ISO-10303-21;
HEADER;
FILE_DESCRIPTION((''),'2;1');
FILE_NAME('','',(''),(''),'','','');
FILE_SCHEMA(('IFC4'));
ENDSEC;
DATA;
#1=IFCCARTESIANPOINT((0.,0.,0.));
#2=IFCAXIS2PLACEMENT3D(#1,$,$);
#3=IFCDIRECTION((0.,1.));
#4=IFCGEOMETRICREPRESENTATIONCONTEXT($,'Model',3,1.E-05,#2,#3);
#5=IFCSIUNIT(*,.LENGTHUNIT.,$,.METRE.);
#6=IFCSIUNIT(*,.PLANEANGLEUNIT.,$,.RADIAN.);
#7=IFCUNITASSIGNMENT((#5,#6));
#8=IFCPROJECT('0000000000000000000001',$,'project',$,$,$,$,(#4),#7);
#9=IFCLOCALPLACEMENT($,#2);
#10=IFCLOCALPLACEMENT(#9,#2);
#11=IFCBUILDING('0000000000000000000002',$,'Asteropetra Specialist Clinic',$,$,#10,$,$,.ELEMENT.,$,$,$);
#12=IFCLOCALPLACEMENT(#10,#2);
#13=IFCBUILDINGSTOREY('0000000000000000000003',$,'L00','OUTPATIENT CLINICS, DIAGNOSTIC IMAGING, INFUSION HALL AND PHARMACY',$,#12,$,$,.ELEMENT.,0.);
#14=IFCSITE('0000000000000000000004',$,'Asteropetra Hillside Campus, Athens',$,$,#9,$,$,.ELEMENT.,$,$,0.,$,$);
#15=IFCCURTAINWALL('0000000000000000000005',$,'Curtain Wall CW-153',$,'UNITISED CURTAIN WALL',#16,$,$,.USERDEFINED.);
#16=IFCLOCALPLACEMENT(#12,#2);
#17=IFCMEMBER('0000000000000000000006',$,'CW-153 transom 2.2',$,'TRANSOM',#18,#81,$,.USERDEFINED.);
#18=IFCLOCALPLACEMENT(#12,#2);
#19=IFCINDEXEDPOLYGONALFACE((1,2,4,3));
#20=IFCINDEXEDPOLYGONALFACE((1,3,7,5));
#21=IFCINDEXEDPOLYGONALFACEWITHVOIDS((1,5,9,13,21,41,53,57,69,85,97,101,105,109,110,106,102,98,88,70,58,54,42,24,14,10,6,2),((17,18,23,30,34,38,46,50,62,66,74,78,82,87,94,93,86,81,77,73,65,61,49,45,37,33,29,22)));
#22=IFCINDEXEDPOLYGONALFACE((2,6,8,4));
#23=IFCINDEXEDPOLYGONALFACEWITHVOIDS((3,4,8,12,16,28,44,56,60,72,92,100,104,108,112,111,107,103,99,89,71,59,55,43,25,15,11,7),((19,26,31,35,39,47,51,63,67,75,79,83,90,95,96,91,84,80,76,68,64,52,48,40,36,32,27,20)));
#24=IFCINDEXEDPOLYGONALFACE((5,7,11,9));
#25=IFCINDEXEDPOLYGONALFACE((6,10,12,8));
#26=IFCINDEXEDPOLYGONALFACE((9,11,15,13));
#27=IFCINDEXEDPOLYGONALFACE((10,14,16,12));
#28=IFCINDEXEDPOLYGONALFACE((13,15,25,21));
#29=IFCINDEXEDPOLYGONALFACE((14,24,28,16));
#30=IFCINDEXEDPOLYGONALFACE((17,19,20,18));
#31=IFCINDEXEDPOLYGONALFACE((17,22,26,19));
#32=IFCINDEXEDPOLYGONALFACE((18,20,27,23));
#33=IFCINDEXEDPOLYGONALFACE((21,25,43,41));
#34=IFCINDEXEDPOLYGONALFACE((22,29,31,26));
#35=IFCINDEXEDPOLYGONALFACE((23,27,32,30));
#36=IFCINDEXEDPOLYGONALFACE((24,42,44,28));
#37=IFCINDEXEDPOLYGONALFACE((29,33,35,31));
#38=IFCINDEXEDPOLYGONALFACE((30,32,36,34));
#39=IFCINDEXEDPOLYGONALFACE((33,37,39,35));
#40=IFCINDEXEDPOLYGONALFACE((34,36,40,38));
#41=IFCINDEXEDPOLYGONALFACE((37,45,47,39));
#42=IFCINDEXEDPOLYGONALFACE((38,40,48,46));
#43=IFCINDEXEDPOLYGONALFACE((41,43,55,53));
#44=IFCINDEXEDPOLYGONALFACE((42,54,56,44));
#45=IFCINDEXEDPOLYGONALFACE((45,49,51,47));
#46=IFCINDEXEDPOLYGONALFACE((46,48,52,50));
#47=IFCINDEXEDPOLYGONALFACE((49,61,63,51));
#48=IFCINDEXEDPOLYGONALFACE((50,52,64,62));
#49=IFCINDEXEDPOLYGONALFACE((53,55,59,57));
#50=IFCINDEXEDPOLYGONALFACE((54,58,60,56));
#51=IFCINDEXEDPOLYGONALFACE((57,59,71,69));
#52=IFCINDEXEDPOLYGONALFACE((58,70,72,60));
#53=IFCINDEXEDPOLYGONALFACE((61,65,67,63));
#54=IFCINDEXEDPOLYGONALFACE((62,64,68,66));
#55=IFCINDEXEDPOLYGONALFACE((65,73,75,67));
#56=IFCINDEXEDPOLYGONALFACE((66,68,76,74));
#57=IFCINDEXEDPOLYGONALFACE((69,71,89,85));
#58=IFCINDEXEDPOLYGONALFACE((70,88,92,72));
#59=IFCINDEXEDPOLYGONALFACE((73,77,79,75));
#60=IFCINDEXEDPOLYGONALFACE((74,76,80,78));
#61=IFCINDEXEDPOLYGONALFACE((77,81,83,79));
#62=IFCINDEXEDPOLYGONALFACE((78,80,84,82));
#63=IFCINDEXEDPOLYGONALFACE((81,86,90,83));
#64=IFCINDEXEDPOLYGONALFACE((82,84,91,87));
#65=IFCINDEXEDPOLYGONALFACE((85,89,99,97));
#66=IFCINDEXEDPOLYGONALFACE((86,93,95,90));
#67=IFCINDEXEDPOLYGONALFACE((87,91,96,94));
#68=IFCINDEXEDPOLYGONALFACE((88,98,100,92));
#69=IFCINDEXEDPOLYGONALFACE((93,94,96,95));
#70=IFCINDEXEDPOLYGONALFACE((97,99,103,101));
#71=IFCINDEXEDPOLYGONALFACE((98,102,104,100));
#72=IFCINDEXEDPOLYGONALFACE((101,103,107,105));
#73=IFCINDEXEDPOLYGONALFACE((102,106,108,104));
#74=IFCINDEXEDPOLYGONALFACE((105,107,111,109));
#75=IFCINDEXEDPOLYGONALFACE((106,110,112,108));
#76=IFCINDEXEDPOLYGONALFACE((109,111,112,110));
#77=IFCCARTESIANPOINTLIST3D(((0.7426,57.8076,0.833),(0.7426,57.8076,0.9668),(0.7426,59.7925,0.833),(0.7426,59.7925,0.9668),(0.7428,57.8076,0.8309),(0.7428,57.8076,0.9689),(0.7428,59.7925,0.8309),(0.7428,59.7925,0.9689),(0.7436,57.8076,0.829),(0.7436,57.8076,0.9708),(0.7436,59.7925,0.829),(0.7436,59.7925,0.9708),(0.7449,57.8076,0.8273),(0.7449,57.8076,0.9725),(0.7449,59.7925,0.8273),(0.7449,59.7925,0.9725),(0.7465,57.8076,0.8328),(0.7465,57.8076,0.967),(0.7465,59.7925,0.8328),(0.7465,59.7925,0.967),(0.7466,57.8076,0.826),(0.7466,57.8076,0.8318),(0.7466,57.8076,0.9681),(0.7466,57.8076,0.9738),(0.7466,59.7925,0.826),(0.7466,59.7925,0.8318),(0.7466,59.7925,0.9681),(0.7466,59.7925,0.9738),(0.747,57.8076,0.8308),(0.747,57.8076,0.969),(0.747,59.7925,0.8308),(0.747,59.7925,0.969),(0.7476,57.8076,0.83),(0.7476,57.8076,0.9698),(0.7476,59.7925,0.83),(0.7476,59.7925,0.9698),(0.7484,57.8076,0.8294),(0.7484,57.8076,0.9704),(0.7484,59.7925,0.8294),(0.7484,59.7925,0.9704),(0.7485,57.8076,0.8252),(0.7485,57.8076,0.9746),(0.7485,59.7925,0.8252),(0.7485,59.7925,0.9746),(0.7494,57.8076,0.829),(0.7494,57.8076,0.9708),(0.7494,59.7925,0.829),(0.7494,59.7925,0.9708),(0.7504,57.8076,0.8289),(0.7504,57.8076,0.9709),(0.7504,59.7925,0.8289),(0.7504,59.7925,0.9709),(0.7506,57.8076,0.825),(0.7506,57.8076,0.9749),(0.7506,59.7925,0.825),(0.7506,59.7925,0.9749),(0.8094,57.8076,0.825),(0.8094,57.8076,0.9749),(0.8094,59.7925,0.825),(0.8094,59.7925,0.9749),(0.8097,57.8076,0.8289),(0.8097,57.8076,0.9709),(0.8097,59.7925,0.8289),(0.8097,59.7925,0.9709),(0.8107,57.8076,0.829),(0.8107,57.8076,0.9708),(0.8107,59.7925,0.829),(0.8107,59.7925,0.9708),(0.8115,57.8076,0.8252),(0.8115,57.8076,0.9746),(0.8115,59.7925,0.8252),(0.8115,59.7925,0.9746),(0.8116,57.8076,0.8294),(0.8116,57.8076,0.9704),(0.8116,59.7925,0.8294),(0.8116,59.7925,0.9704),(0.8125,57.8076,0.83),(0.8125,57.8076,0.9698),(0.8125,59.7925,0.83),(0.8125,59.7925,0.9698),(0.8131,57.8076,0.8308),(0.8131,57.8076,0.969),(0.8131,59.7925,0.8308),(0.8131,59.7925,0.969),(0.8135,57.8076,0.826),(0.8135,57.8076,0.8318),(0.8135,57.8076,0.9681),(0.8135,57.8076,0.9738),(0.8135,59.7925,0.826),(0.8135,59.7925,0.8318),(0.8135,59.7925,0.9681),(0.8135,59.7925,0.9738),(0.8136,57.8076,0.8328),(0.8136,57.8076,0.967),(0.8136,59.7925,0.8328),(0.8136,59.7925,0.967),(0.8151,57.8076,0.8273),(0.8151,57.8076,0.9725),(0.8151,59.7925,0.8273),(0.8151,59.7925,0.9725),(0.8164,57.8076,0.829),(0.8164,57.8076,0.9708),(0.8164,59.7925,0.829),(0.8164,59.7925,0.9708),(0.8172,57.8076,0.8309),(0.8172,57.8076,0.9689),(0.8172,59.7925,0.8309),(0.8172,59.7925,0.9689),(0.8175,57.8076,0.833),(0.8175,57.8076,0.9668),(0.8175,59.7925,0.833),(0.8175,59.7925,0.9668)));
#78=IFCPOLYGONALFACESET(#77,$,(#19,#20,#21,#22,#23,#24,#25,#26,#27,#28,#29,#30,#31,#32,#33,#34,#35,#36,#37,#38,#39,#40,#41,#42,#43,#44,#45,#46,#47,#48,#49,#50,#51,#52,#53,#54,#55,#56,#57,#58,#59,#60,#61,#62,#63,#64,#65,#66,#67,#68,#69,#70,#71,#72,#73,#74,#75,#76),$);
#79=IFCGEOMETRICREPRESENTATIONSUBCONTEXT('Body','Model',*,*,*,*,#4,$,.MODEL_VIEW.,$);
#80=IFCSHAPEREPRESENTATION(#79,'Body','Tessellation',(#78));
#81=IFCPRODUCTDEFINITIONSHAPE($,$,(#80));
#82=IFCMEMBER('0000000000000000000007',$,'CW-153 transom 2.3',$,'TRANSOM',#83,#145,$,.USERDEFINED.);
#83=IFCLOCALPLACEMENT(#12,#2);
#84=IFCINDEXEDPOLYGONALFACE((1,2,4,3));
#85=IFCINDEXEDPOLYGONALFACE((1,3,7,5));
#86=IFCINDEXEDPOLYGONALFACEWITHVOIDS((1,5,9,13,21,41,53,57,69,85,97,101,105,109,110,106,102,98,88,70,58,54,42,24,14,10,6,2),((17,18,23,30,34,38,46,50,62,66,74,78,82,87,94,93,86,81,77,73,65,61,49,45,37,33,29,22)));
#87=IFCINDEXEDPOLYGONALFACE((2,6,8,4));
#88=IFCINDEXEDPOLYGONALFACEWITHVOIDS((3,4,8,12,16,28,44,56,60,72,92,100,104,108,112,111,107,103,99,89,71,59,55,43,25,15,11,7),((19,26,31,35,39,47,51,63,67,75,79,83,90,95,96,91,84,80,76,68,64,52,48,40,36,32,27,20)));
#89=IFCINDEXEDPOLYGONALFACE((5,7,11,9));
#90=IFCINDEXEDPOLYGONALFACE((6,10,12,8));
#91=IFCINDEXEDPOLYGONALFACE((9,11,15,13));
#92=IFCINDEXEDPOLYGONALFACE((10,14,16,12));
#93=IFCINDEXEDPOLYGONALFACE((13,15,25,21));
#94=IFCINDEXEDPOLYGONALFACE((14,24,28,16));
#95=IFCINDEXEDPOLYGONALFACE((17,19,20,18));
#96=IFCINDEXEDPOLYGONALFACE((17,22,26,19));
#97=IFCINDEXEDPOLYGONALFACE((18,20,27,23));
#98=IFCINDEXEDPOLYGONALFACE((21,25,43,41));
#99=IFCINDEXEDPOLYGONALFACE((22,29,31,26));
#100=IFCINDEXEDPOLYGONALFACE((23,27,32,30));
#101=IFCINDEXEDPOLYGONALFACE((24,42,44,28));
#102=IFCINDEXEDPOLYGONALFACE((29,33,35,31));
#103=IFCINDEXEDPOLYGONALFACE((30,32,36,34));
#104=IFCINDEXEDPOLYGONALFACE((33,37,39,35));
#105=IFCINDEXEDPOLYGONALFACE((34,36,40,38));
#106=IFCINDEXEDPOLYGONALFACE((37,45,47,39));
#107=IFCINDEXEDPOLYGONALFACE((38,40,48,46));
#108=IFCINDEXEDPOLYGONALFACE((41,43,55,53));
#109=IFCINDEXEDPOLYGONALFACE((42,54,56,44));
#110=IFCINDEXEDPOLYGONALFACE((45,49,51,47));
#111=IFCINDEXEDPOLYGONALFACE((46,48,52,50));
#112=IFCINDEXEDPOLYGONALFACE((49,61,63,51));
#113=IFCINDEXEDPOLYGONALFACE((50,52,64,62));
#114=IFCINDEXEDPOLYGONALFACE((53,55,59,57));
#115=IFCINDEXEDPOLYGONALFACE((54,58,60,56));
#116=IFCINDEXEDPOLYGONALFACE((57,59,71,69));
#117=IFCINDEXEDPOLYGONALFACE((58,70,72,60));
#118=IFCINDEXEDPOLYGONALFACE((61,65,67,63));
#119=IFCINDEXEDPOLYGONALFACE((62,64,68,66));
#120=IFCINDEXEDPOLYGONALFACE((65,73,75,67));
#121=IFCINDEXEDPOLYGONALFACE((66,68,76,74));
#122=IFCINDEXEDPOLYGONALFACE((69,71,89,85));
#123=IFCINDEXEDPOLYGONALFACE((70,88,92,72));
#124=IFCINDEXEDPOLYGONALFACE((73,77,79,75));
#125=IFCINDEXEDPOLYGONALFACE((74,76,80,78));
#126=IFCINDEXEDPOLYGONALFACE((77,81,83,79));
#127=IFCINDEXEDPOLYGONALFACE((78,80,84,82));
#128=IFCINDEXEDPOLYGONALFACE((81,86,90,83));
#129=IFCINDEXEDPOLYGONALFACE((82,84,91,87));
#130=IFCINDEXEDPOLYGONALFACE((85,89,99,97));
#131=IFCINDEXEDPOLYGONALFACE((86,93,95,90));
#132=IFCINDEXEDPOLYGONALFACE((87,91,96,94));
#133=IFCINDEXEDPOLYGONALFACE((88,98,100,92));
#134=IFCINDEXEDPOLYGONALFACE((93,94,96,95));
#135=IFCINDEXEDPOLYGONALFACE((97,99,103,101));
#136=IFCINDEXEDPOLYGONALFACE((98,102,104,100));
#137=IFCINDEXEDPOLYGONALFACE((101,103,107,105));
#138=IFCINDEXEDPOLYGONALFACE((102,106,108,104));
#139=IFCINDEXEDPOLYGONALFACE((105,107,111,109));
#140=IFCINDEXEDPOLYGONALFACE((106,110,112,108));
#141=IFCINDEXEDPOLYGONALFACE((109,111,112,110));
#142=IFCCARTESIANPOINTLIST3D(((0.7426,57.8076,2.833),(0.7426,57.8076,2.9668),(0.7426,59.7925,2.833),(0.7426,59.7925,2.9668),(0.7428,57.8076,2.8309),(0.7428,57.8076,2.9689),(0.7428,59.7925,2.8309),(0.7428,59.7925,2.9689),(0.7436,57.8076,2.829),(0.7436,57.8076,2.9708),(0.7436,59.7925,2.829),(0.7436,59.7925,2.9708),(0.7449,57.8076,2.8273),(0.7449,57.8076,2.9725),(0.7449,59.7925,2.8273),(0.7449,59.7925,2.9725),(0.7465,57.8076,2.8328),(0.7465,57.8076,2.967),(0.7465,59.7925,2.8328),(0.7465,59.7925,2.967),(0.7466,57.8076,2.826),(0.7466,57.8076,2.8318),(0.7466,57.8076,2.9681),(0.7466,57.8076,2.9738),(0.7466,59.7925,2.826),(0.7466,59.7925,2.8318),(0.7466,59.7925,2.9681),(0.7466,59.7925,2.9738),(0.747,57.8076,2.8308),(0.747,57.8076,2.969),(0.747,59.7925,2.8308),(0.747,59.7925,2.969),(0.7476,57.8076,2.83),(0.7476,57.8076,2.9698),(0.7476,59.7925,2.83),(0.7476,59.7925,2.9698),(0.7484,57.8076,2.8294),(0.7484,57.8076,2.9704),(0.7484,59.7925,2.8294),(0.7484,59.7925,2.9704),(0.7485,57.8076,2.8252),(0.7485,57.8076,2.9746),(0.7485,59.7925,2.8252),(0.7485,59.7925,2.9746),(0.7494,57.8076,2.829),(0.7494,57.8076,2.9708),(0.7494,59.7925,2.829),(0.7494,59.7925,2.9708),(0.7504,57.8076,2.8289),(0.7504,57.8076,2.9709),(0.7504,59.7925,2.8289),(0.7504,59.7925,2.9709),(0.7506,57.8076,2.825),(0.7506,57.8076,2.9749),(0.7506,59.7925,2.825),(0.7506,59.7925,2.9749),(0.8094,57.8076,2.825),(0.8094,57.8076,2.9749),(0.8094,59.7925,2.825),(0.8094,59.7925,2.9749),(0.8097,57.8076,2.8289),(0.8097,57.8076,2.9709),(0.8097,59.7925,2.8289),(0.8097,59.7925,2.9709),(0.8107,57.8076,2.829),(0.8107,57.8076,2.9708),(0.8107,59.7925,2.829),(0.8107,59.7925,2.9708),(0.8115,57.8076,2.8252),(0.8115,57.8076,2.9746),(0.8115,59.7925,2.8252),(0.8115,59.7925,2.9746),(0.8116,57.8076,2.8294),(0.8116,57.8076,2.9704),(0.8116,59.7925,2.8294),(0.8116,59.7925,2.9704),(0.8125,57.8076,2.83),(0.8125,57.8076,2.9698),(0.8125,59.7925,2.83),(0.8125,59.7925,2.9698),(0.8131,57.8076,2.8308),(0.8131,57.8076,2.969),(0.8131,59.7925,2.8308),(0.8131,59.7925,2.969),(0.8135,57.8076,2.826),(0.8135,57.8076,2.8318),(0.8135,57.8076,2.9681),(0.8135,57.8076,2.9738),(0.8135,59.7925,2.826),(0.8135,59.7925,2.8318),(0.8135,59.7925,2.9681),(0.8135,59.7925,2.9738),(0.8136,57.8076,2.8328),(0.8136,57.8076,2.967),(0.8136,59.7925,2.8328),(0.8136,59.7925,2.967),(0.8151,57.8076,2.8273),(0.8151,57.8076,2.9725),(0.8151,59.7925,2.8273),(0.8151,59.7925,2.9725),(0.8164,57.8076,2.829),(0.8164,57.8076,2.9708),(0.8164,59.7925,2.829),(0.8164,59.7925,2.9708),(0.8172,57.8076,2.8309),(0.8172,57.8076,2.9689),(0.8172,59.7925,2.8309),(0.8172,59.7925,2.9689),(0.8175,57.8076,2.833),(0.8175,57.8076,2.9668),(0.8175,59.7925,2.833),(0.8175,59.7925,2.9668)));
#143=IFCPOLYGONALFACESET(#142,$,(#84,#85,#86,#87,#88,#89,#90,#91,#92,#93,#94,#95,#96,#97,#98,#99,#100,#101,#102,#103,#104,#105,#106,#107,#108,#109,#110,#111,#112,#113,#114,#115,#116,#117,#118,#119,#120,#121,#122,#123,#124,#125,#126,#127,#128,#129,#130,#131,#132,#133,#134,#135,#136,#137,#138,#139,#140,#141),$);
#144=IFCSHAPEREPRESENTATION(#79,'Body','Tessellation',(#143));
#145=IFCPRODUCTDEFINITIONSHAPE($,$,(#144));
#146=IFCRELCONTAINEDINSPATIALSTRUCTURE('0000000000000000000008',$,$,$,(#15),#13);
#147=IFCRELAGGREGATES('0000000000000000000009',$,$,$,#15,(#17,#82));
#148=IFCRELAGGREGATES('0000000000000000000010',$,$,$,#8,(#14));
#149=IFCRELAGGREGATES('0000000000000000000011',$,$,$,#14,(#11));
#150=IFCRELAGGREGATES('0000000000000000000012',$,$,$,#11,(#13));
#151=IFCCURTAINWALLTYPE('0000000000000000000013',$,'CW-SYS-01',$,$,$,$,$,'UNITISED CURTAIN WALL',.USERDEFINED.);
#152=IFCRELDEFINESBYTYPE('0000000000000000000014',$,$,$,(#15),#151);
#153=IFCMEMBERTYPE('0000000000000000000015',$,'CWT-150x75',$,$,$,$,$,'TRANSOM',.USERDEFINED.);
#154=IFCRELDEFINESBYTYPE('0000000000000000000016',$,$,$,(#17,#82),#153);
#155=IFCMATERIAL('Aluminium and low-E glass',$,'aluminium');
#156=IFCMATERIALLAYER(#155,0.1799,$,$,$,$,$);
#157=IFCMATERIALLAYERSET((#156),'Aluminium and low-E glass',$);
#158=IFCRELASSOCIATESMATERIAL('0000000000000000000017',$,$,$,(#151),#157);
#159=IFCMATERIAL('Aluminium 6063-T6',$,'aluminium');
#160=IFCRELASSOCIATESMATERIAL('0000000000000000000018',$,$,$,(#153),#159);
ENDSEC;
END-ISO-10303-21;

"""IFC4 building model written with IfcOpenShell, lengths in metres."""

from ifc_helpers import new_model, si_unit, direction, frame, origin, origin_2d, place, context, subcontext, project, spatial, hollow_rectangle, extrude, material, layer, layer_set, material_profile, profile_set, type_object, element, aggregate, save


model = new_model("IFC4")

# Units and contexts
model_context = context("Model", 3, precision=1e-05, world=origin(), true_north=direction((0.0, 1.0)))
body_context = subcontext(model_context, "Body", "Model", "MODEL_VIEW")
ifc_project = project(units=[si_unit("LENGTHUNIT", "METRE"), si_unit("PLANEANGLEUNIT", "RADIAN")], contexts=[model_context])

# Site, building, storey
site_placement = place(None, origin())
site = spatial("IfcSite", under=ifc_project, at=site_placement, Name="Asteropetra Hillside Campus, Athens", CompositionType="ELEMENT", RefElevation=0.0)
building_placement = place(site_placement, origin())
building = spatial("IfcBuilding", under=site, at=building_placement, Name="Asteropetra Specialist Clinic", CompositionType="ELEMENT")
storey_placement = place(building_placement, origin())
storey = spatial("IfcBuildingStorey", under=building, at=storey_placement, Name="L00", Description="OUTPATIENT CLINICS, DIAGNOSTIC IMAGING, INFUSION HALL AND PHARMACY", CompositionType="ELEMENT", Elevation=0.0)

# Curtain wall, members
ifc_material_1 = material(Name="Aluminium and low-E glass", Category="aluminium")
ifc_layer_1 = layer(ifc_material_1, 0.1799)
ifc_layer_set_1 = layer_set([ifc_layer_1], Name="Aluminium and low-E glass")
curtain_wall_type_1 = type_object("IfcCurtainWallType", Name="CW-SYS-01", ElementType="UNITISED CURTAIN WALL", PredefinedType="USERDEFINED", material=ifc_layer_set_1)
curtain_wall_1_placement = place(storey_placement, origin())
curtain_wall_1 = element("IfcCurtainWall", 1, at=curtain_wall_1_placement, inside=storey, type_object=curtain_wall_type_1, Name="Curtain Wall CW-153", ObjectType="UNITISED CURTAIN WALL", PredefinedType="USERDEFINED")
ifc_material_2 = material(Name="Aluminium 6063-T6", Category="aluminium")
ifc_material_profile_1 = material_profile(ifc_material_2, hollow_rectangle(XDim=0.075, YDim=0.1499, WallThickness=0.0039, InnerFilletRadius=0.0039, OuterFilletRadius=0.0081, at=origin_2d()), Name="TRN 150x75x4.0")
ifc_profile_set_1 = profile_set([ifc_material_profile_1], Name="Aluminium 6063-T6")
member_type_1 = type_object("IfcMemberType", Name="CWT-150x75", ElementType="TRANSOM", PredefinedType="USERDEFINED", material=ifc_profile_set_1)
member_1_placement = place(storey_placement, frame((0.78, 59.7925, 0.8999), z_axis=(0.0, -1.0, 0.0), x_axis=(1.0, 0.0, 0.0)))
member_1 = element("IfcMember", 2, at=member_1_placement, type_object=member_type_1, Name="CW-153 transom 2.2", ObjectType="TRANSOM", PredefinedType="USERDEFINED", context=body_context, shape_type="SweptSolid", body=[
    extrude(hollow_rectangle(XDim=0.075, YDim=0.1499, WallThickness=0.0039, InnerFilletRadius=0.0039, OuterFilletRadius=0.0081, at=origin_2d()), origin(), (0.0, 0.0, 1.0), 1.9849),
])
member_2_placement = place(storey_placement, frame((0.78, 59.7925, 2.8999), z_axis=(0.0, -1.0, 0.0), x_axis=(1.0, 0.0, 0.0)))
member_2 = element("IfcMember", 3, at=member_2_placement, type_object=member_type_1, Name="CW-153 transom 2.3", ObjectType="TRANSOM", PredefinedType="USERDEFINED", context=body_context, shape_type="SweptSolid", body=[
    extrude(hollow_rectangle(XDim=0.075, YDim=0.1499, WallThickness=0.0039, InnerFilletRadius=0.0039, OuterFilletRadius=0.0081, at=origin_2d()), origin(), (0.0, 0.0, 1.0), 1.9849),
])

aggregate(curtain_wall_1, [member_1, member_2])

save(model, "model.ifc")
